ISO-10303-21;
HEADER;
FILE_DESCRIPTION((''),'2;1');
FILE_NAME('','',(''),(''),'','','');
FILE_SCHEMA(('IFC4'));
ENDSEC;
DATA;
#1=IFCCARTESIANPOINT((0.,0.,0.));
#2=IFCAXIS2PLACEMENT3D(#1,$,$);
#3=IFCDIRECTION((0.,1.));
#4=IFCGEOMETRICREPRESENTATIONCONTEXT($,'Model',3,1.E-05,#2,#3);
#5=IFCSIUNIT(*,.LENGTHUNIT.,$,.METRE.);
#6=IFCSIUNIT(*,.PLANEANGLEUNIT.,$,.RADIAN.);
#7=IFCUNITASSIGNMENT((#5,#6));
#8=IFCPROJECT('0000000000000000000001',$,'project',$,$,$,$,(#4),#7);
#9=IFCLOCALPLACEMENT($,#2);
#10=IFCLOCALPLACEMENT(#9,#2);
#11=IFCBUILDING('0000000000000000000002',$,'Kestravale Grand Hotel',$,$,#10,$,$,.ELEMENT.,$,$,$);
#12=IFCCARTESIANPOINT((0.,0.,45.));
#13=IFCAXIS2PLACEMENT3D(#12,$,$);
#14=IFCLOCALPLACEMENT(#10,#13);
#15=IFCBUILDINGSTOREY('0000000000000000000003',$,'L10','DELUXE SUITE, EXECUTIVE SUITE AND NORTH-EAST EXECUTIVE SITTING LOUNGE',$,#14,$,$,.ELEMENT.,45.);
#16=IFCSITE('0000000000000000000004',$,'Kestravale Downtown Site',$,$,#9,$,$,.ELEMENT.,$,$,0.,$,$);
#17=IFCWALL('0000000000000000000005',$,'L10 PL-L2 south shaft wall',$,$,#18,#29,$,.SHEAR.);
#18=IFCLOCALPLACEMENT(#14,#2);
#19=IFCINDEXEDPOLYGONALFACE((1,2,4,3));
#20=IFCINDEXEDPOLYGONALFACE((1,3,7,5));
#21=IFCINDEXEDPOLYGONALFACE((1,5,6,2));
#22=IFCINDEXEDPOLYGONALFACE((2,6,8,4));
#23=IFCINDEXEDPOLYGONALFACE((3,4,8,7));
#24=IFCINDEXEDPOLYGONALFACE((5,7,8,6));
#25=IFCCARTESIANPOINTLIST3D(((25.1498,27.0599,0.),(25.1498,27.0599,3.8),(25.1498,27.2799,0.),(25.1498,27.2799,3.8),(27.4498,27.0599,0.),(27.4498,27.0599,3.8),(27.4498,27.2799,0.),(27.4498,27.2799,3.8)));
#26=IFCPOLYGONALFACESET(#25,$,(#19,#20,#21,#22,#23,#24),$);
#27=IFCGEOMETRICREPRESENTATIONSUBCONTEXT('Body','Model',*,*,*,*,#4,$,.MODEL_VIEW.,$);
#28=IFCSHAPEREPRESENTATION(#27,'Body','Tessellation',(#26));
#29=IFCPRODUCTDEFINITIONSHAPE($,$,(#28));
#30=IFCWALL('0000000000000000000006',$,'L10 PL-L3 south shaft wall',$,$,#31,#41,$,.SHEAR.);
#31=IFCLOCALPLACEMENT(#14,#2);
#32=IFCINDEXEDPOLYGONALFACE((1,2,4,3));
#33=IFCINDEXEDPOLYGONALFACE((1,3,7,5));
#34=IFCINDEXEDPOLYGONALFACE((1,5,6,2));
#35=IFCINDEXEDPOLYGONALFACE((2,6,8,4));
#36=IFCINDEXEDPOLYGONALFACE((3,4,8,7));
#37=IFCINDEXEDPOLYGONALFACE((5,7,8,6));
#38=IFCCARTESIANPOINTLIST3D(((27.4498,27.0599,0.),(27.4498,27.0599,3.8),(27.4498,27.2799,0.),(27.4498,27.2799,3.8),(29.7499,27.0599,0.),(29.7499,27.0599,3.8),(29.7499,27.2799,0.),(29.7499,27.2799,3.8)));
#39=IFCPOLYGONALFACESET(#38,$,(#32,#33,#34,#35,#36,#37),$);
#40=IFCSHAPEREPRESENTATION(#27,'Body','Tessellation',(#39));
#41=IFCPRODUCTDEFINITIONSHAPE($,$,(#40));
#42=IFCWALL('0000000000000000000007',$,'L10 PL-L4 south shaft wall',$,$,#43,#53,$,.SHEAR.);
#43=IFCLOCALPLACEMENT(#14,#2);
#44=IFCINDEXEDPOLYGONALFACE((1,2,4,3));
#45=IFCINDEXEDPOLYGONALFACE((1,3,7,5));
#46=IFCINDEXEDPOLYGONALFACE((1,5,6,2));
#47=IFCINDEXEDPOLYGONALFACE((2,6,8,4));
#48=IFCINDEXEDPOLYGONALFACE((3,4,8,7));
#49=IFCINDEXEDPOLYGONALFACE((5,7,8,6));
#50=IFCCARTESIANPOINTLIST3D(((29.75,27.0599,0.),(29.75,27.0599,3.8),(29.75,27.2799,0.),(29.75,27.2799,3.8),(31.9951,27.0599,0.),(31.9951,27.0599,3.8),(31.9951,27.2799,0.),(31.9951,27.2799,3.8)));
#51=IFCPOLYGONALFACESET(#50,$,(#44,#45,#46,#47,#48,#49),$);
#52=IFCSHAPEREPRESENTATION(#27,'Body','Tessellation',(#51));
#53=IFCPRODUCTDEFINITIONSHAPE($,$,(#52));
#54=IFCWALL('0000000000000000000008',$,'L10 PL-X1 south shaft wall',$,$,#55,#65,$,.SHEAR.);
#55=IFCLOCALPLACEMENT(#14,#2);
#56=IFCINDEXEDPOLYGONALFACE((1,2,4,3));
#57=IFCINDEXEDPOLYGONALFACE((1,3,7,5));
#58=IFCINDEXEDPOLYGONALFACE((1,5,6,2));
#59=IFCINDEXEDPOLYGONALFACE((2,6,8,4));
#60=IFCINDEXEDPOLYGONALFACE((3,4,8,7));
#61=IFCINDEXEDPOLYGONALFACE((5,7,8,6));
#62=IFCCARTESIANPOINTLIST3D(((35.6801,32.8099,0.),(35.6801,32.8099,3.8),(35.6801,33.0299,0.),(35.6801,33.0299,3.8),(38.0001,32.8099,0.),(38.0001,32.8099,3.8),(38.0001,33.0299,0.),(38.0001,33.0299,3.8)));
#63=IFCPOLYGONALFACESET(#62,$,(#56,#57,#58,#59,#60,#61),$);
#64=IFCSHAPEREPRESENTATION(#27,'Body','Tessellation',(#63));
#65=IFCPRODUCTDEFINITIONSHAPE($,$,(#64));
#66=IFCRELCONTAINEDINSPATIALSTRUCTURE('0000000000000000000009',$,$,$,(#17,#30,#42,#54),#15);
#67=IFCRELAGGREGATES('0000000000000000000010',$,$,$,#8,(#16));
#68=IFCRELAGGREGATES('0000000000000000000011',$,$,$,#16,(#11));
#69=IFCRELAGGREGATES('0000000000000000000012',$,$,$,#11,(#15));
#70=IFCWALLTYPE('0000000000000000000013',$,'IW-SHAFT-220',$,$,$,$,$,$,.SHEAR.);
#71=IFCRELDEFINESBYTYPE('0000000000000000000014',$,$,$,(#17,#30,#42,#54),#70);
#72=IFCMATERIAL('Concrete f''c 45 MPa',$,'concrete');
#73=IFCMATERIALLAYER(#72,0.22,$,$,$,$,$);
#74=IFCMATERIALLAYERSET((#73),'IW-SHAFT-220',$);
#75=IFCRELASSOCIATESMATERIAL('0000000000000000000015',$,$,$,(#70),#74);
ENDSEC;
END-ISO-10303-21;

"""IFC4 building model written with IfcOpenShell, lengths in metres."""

from ifc_helpers import new_model, si_unit, direction, frame, frame_2d, origin, place, context, subcontext, project, spatial, rectangle, extrude, material, layer, layer_set, type_object, element, save


model = new_model("IFC4")

# Units and contexts
model_context = context("Model", 3, precision=1e-05, world=origin(), true_north=direction((0.0, 1.0)))
body_context = subcontext(model_context, "Body", "Model", "MODEL_VIEW")
ifc_project = project(units=[si_unit("LENGTHUNIT", "METRE"), si_unit("PLANEANGLEUNIT", "RADIAN")], contexts=[model_context])

# Site, building, storey
site_placement = place(None, origin())
site = spatial("IfcSite", under=ifc_project, at=site_placement, Name="Kestravale Downtown Site", CompositionType="ELEMENT", RefElevation=0.0)
building_placement = place(site_placement, origin())
building = spatial("IfcBuilding", under=site, at=building_placement, Name="Kestravale Grand Hotel", CompositionType="ELEMENT")
storey_placement = place(building_placement, frame((0.0, 0.0, 45.0)))
storey = spatial("IfcBuildingStorey", under=building, at=storey_placement, Name="L10", Description="DELUXE SUITE, EXECUTIVE SUITE AND NORTH-EAST EXECUTIVE SITTING LOUNGE", CompositionType="ELEMENT", Elevation=45.0)

# Shared definitions
ifc_material_1 = material(Name="Concrete f'c 45 MPa", Category="concrete")
ifc_layer_1 = layer(ifc_material_1, 0.22)
ifc_layer_set_1 = layer_set([ifc_layer_1], Name="IW-SHAFT-220")
wall_type_1 = type_object("IfcWallType", Name="IW-SHAFT-220", PredefinedType="SHEAR", material=ifc_layer_set_1)

# Wall
wall_1_placement = place(storey_placement, frame((25.1499, 27.1699, 0.0), z_axis=(0.0, 0.0, 1.0), x_axis=(1.0, 0.0, 0.0)))
element("IfcWall", 1, at=wall_1_placement, inside=storey, type_object=wall_type_1, Name="L10 PL-L2 south shaft wall", PredefinedType="SHEAR", context=body_context, shape_type="SweptSolid", body=[
    extrude(rectangle(XDim=2.3, YDim=0.22, at=frame_2d((1.1499, 0.0))), origin(), (0.0, 0.0, 1.0), 3.8),
])

# Wall
wall_2_placement = place(storey_placement, frame((27.45, 27.1699, 0.0), z_axis=(0.0, 0.0, 1.0), x_axis=(1.0, 0.0, 0.0)))
element("IfcWall", 2, at=wall_2_placement, inside=storey, type_object=wall_type_1, Name="L10 PL-L3 south shaft wall", PredefinedType="SHEAR", context=body_context, shape_type="SweptSolid", body=[
    extrude(rectangle(XDim=2.3, YDim=0.22, at=frame_2d((1.1499, 0.0))), origin(), (0.0, 0.0, 1.0), 3.8),
])

# Walls
wall_3_placement = place(storey_placement, frame((29.75, 27.1699, 0.0), z_axis=(0.0, 0.0, 1.0), x_axis=(1.0, 0.0, 0.0)))
element("IfcWall", 3, at=wall_3_placement, inside=storey, type_object=wall_type_1, Name="L10 PL-L4 south shaft wall", PredefinedType="SHEAR", context=body_context, shape_type="SweptSolid", body=[
    extrude(rectangle(XDim=2.2451, YDim=0.22, at=frame_2d((1.1226, 0.0))), origin(), (0.0, 0.0, 1.0), 3.8),
])
wall_4_placement = place(storey_placement, frame((35.6799, 32.9199, 0.0), z_axis=(0.0, 0.0, 1.0), x_axis=(1.0, 0.0, 0.0)))
element("IfcWall", 4, at=wall_4_placement, inside=storey, type_object=wall_type_1, Name="L10 PL-X1 south shaft wall", PredefinedType="SHEAR", context=body_context, shape_type="SweptSolid", body=[
    extrude(rectangle(XDim=2.3201, YDim=0.22, at=frame_2d((1.1602, 0.0))), origin(), (0.0, 0.0, 1.0), 3.8),
])

save(model, "model.ifc")
